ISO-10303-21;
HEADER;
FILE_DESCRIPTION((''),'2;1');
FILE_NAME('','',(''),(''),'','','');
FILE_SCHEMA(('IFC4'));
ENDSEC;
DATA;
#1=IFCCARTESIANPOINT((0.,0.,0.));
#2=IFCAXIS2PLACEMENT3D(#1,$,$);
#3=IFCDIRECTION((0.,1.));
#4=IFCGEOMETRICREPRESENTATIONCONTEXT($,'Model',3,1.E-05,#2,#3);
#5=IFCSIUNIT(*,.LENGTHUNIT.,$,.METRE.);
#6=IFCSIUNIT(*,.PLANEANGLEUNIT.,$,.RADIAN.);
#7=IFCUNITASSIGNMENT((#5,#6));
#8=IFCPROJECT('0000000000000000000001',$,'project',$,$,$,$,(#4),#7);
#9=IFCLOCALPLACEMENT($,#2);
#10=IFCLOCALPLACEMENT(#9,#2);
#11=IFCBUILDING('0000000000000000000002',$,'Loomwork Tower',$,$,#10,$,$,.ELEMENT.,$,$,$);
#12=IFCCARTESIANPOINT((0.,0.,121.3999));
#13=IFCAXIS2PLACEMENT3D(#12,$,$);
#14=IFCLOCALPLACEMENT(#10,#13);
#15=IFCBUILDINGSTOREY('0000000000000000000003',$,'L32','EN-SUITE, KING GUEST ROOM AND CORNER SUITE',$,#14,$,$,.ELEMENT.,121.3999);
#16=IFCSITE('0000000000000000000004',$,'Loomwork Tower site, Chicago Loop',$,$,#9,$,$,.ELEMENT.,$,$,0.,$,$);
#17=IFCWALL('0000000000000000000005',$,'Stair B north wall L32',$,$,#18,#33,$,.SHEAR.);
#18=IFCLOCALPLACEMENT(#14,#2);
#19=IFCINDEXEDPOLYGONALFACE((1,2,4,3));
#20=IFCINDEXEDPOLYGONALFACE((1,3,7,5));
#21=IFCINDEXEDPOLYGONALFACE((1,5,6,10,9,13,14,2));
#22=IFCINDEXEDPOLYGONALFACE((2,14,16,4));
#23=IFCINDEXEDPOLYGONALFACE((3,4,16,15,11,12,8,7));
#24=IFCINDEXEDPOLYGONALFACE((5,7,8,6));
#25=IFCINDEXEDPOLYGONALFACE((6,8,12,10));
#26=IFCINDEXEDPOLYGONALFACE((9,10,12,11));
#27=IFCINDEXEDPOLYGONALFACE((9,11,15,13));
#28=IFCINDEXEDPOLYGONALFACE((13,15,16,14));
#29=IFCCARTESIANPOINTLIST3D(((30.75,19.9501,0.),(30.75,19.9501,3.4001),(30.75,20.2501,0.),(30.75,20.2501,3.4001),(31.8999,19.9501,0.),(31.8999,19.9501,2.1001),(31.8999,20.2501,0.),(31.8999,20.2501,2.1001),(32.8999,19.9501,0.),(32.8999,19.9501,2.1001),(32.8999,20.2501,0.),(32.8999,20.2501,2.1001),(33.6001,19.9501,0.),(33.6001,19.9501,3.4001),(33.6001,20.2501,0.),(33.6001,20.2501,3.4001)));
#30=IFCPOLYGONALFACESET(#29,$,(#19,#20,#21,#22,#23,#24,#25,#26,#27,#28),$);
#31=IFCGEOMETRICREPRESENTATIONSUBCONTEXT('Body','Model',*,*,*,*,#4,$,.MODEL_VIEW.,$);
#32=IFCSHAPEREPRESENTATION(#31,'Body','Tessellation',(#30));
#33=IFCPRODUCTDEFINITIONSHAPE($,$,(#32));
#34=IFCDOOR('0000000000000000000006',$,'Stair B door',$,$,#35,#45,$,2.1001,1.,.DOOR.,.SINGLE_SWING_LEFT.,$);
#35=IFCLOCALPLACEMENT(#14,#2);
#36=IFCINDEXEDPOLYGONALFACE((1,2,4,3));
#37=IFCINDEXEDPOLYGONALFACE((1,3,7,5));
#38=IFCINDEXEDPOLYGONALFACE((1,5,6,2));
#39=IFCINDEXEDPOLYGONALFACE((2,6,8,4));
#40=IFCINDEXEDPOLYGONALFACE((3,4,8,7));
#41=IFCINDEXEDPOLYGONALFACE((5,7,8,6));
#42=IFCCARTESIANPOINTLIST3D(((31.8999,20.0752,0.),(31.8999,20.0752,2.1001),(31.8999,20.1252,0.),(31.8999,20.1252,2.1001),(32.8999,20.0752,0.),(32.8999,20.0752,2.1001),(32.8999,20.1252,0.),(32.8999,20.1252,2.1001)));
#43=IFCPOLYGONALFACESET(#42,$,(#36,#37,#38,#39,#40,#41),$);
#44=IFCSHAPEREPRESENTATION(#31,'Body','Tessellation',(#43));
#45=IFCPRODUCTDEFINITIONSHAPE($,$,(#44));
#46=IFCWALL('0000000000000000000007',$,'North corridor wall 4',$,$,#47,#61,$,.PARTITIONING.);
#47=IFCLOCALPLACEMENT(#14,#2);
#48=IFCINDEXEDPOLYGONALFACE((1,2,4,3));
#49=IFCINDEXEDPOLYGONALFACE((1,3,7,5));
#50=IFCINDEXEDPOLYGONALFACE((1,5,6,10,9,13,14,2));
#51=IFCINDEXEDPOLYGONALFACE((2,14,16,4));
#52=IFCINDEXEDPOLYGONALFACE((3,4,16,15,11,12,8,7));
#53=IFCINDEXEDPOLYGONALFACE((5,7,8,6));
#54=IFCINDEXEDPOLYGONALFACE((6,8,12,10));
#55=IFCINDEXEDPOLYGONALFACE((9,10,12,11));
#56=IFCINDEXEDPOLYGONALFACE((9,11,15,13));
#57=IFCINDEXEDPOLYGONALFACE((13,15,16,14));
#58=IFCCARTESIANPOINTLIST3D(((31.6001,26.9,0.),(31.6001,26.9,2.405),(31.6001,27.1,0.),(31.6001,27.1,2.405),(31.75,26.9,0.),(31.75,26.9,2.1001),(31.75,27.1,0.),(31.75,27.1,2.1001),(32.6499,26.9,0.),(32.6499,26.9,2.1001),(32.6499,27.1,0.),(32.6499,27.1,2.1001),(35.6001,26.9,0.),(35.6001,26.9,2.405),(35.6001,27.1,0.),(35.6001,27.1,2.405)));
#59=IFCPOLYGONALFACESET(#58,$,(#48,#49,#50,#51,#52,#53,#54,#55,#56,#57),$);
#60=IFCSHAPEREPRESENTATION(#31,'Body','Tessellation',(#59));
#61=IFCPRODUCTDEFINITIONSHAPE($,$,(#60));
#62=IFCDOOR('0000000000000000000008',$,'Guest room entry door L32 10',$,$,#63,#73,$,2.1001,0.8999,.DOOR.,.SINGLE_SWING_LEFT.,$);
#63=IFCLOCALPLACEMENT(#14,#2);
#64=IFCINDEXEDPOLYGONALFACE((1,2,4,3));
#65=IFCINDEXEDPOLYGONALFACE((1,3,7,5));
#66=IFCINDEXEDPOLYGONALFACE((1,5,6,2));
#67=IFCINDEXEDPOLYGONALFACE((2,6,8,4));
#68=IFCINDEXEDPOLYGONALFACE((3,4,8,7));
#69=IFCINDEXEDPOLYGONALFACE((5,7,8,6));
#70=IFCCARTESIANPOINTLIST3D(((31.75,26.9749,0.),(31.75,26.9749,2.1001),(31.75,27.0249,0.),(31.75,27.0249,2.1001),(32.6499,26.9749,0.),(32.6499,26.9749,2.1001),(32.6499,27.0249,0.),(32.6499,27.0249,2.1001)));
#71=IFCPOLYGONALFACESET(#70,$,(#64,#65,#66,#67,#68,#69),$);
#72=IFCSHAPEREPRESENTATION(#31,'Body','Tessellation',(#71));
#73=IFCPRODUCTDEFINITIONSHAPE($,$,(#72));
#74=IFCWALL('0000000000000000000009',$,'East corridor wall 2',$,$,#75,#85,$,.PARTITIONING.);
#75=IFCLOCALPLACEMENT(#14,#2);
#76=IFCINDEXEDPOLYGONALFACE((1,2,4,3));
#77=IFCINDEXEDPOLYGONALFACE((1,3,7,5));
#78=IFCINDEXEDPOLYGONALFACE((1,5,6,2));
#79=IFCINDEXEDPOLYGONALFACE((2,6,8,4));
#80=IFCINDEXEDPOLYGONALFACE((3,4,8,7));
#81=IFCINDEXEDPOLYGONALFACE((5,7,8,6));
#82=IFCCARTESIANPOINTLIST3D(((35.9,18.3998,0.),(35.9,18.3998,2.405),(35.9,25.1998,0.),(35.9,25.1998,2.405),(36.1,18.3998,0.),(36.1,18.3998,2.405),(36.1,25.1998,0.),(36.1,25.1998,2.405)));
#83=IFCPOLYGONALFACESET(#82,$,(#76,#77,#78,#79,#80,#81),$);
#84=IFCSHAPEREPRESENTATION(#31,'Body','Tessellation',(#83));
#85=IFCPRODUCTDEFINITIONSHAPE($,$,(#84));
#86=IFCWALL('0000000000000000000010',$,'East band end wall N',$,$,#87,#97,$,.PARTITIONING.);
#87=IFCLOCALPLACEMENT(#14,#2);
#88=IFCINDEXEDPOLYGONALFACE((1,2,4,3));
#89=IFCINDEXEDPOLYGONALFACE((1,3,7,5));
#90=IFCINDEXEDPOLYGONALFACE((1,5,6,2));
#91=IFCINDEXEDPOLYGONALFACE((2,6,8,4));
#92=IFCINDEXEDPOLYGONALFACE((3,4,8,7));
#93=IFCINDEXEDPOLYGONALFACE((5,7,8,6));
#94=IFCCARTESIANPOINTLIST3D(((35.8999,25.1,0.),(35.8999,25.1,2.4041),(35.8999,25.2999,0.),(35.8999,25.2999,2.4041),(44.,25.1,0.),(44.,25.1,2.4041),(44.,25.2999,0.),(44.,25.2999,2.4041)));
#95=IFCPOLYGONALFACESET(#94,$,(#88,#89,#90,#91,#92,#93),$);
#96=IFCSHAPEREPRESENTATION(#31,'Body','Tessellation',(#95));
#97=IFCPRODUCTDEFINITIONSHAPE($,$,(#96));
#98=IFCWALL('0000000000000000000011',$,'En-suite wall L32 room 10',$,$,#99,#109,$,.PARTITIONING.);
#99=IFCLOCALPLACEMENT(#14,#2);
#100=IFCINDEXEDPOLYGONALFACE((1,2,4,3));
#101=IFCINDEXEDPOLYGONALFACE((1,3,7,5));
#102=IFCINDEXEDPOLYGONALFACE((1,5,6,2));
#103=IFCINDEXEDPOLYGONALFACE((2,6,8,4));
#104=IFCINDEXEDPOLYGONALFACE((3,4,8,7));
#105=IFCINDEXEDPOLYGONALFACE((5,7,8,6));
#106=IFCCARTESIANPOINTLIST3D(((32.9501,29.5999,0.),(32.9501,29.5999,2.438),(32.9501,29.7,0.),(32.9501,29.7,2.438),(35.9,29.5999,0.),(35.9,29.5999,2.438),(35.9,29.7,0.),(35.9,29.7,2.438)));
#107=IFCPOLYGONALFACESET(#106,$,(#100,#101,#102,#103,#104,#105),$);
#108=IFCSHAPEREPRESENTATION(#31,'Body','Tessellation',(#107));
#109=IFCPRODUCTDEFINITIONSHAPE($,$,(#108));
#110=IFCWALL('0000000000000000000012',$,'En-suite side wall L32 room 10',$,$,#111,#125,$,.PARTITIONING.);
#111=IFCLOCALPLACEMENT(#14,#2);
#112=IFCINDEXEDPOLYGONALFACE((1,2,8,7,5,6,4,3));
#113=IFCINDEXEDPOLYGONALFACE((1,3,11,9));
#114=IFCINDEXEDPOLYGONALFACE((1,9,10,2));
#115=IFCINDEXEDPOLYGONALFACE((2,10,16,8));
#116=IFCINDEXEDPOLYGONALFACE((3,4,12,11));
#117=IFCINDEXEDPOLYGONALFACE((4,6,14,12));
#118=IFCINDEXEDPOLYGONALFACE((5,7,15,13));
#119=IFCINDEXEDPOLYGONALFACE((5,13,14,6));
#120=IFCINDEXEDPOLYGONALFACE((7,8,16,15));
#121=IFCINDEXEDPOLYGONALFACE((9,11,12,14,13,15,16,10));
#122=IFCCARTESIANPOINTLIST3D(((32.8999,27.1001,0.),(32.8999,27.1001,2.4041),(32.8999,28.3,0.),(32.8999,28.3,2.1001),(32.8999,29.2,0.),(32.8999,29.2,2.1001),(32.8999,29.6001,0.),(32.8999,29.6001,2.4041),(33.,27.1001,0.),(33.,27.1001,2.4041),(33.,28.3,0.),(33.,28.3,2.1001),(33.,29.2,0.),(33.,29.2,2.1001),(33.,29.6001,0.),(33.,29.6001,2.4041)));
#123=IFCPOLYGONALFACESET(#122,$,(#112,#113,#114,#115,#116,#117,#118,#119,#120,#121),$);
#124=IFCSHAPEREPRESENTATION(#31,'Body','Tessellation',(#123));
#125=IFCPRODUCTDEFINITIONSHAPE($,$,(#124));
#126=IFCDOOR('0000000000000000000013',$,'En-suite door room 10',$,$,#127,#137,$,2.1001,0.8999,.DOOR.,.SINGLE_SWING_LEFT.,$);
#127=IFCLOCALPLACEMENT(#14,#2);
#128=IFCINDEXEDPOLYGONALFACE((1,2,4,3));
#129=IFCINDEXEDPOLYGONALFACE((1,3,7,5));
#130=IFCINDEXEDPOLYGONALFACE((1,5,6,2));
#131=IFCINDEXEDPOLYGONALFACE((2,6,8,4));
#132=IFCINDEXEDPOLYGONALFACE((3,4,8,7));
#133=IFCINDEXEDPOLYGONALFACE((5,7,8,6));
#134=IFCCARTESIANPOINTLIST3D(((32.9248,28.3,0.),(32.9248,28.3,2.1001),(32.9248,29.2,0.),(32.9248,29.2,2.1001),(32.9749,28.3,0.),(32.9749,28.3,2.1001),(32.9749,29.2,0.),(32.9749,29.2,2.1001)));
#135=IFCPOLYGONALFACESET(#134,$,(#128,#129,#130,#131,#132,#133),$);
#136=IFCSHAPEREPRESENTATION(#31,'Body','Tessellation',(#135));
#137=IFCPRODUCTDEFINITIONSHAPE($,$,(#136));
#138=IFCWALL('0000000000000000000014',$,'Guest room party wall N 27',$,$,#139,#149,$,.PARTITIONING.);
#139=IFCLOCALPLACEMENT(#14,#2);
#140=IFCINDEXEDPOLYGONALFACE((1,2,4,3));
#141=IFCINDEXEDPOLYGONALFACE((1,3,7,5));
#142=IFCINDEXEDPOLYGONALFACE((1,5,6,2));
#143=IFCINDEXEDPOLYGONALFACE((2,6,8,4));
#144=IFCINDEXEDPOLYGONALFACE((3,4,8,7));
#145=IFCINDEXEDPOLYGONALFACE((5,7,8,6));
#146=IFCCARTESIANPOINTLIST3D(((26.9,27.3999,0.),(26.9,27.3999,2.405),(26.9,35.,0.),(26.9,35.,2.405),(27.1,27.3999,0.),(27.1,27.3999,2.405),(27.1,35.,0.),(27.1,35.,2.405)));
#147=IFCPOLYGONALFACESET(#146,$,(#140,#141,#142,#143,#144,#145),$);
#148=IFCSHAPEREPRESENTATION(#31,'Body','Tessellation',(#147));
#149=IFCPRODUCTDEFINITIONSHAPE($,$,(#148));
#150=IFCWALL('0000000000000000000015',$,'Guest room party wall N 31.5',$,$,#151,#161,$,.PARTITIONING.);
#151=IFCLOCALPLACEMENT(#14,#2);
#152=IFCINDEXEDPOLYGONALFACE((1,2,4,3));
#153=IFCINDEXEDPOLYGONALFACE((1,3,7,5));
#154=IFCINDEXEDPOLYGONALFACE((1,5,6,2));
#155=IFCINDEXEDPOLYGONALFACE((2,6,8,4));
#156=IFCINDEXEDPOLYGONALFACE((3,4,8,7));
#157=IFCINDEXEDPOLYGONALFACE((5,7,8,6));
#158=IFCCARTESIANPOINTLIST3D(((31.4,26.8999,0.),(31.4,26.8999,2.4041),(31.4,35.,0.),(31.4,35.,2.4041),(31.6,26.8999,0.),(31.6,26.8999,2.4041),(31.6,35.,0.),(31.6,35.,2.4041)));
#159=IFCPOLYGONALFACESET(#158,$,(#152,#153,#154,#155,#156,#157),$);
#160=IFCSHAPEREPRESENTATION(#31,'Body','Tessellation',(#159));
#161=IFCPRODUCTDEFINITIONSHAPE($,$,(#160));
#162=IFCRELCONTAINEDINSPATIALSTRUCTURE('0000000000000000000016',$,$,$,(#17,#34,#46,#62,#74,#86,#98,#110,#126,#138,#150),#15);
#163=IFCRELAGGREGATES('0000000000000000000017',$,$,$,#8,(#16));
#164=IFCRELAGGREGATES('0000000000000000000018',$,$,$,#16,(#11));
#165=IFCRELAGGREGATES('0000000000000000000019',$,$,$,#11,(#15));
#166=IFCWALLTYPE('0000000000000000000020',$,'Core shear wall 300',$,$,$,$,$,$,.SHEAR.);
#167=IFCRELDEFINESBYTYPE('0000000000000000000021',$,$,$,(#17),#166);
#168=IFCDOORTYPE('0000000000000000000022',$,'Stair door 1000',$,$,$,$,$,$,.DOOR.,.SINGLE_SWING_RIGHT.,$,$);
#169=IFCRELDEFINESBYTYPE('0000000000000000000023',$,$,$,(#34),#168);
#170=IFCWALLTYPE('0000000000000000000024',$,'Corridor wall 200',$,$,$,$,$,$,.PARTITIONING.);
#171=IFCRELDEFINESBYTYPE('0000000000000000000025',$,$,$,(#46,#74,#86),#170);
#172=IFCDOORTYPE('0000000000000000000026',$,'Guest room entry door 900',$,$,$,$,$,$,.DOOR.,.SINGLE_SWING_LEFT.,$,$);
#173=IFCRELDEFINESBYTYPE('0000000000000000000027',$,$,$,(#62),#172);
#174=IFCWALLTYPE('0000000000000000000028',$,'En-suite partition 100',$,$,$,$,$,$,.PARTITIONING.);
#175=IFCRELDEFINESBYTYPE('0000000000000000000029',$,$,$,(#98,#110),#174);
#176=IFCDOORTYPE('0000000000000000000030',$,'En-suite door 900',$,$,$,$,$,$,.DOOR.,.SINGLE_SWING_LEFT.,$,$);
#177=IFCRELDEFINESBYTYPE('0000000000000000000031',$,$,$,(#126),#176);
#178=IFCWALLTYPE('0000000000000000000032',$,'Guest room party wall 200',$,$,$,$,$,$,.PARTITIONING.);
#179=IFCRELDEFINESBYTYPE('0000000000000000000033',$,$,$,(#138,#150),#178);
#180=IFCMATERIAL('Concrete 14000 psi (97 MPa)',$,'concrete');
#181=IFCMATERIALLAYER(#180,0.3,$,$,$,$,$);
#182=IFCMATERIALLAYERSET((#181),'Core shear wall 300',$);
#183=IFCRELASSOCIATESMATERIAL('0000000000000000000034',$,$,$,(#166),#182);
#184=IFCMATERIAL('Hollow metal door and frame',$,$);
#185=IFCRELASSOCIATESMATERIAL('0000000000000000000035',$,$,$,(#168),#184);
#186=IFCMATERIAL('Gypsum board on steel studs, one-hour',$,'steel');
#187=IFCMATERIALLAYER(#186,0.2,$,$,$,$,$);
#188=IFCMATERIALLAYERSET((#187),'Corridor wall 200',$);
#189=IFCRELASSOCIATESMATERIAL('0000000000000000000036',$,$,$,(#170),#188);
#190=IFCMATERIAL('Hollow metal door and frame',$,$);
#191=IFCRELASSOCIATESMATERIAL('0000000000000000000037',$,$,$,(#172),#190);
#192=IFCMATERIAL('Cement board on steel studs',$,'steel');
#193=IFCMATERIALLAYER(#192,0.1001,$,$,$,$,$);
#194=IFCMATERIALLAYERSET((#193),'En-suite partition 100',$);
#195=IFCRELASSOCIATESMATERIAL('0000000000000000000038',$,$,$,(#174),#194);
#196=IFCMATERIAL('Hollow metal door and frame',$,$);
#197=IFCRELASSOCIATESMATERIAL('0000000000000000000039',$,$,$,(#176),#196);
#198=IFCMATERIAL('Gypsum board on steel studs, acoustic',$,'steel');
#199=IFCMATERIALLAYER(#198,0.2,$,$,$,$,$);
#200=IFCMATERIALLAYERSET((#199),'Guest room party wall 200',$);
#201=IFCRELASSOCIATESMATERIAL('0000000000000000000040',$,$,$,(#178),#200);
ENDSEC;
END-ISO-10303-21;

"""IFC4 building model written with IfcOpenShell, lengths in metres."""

from ifc_helpers import new_model, si_unit, direction, frame, frame_2d, origin, place, context, subcontext, project, spatial, rectangle, extrude, material, layer, layer_set, type_object, element, fill, save


model = new_model("IFC4")

# Units and contexts
model_context = context("Model", 3, precision=1e-05, world=origin(), true_north=direction((0.0, 1.0)))
body_context = subcontext(model_context, "Body", "Model", "MODEL_VIEW")
ifc_project = project(units=[si_unit("LENGTHUNIT", "METRE"), si_unit("PLANEANGLEUNIT", "RADIAN")], contexts=[model_context])

# Site, building, storey
site_placement = place(None, origin())
site = spatial("IfcSite", under=ifc_project, at=site_placement, Name="Loomwork Tower site, Chicago Loop", CompositionType="ELEMENT", RefElevation=0.0)
building_placement = place(site_placement, origin())
building = spatial("IfcBuilding", under=site, at=building_placement, Name="Loomwork Tower", CompositionType="ELEMENT")
storey_placement = place(building_placement, frame((0.0, 0.0, 121.3999)))
storey = spatial("IfcBuildingStorey", under=building, at=storey_placement, Name="L32", Description="EN-SUITE, KING GUEST ROOM AND CORNER SUITE", CompositionType="ELEMENT", Elevation=121.3999)

# Shared definitions
ifc_material_1 = material(Name="Concrete 14000 psi (97 MPa)", Category="concrete")
ifc_layer_1 = layer(ifc_material_1, 0.3)
ifc_layer_set_1 = layer_set([ifc_layer_1], Name="Core shear wall 300")
wall_type_1 = type_object("IfcWallType", Name="Core shear wall 300", PredefinedType="SHEAR", material=ifc_layer_set_1)

# Walls, openings, doors
wall_1_placement = place(storey_placement, frame((30.75, 20.1001, 0.0), z_axis=(0.0, 0.0, 1.0), x_axis=(1.0, 0.0, 0.0)))
wall_1 = element("IfcWall", 1, at=wall_1_placement, inside=storey, type_object=wall_type_1, Name="Stair B north wall L32", PredefinedType="SHEAR", context=body_context, shape_type="SweptSolid", body=[
    extrude(rectangle(XDim=2.8501, YDim=0.3, at=frame_2d((1.425, 0.0))), origin(), (0.0, 0.0, 1.0), 3.4001),
])
opening_1_placement = place(wall_1_placement, frame((1.1499, 0.0, 0.0)))
opening_1 = element("IfcOpeningElement", 2, at=opening_1_placement, cuts=wall_1, PredefinedType="OPENING", context=body_context, shape_type="SweptSolid", body=[
    extrude(rectangle(XDim=1.0, YDim=2.1001, at=frame_2d((0.5, 1.05))), frame((0.0, 0.1599, 0.0), z_axis=(0.0, -1.0, 0.0), x_axis=(1.0, 0.0, 0.0)), (0.0, 0.0, 1.0), 0.3201),
])
ifc_material_2 = material(Name="Hollow metal door and frame")
door_type_1 = type_object("IfcDoorType", Name="Stair door 1000", OperationType="SINGLE_SWING_RIGHT", PredefinedType="DOOR", material=ifc_material_2)
door_1_placement = place(opening_1_placement, frame((1.0, 0.0, 0.0), z_axis=(0.0, 0.0, 1.0), x_axis=(-1.0, 0.0, 0.0)))
door_1 = element("IfcDoor", 3, at=door_1_placement, inside=storey, type_object=door_type_1, Name="Stair B door", OperationType="SINGLE_SWING_LEFT", OverallHeight=2.1001, OverallWidth=1.0, PredefinedType="DOOR", context=body_context, shape_type="SweptSolid", body=[
    extrude(rectangle(XDim=1.0, YDim=2.1001, at=frame_2d((0.5, 1.05))), frame((0.0, 0.0249, 0.0), z_axis=(0.0, -1.0, 0.0), x_axis=(1.0, 0.0, 0.0)), (0.0, 0.0, 1.0), 0.05),
])
fill(opening_1, door_1)
ifc_material_3 = material(Name="Gypsum board on steel studs, one-hour", Category="steel")
ifc_layer_2 = layer(ifc_material_3, 0.2)
ifc_layer_set_2 = layer_set([ifc_layer_2], Name="Corridor wall 200")
wall_type_2 = type_object("IfcWallType", Name="Corridor wall 200", PredefinedType="PARTITIONING", material=ifc_layer_set_2)
wall_2_placement = place(storey_placement, frame((31.6001, 27.0, 0.0), z_axis=(0.0, 0.0, 1.0), x_axis=(1.0, 0.0, 0.0)))
wall_2 = element("IfcWall", 4, at=wall_2_placement, inside=storey, type_object=wall_type_2, Name="North corridor wall 4", PredefinedType="PARTITIONING", context=body_context, shape_type="SweptSolid", body=[
    extrude(rectangle(XDim=4.0, YDim=0.2, at=frame_2d((2.0, 0.0))), origin(), (0.0, 0.0, 1.0), 2.405),
])
opening_2_placement = place(wall_2_placement, frame((0.1499, 0.0, 0.0)))
opening_2 = element("IfcOpeningElement", 5, at=opening_2_placement, cuts=wall_2, PredefinedType="OPENING", context=body_context, shape_type="SweptSolid", body=[
    extrude(rectangle(XDim=0.8999, YDim=2.1001, at=frame_2d((0.45, 1.05))), frame((0.0, 0.1099, 0.0), z_axis=(0.0, -1.0, 0.0), x_axis=(1.0, 0.0, 0.0)), (0.0, 0.0, 1.0), 0.22),
])
ifc_material_4 = material(Name="Hollow metal door and frame")
door_type_2 = type_object("IfcDoorType", Name="Guest room entry door 900", OperationType="SINGLE_SWING_LEFT", PredefinedType="DOOR", material=ifc_material_4)
door_2_placement = place(opening_2_placement, origin())
door_2 = element("IfcDoor", 6, at=door_2_placement, inside=storey, type_object=door_type_2, Name="Guest room entry door L32 10", OperationType="SINGLE_SWING_LEFT", OverallHeight=2.1001, OverallWidth=0.8999, PredefinedType="DOOR", context=body_context, shape_type="SweptSolid", body=[
    extrude(rectangle(XDim=0.8999, YDim=2.1001, at=frame_2d((0.45, 1.05))), frame((0.0, 0.0249, 0.0), z_axis=(0.0, -1.0, 0.0), x_axis=(1.0, 0.0, 0.0)), (0.0, 0.0, 1.0), 0.05),
])
fill(opening_2, door_2)

# Walls
wall_3_placement = place(storey_placement, frame((36.0, 18.3999, 0.0), z_axis=(0.0, 0.0, 1.0), x_axis=(0.0, 1.0, 0.0)))
element("IfcWall", 7, at=wall_3_placement, inside=storey, type_object=wall_type_2, Name="East corridor wall 2", PredefinedType="PARTITIONING", context=body_context, shape_type="SweptSolid", body=[
    extrude(rectangle(XDim=6.8, YDim=0.2, at=frame_2d((3.3999, 0.0))), origin(), (0.0, 0.0, 1.0), 2.405),
])
wall_4_placement = place(storey_placement, frame((35.8999, 25.2, 0.0), z_axis=(0.0, 0.0, 1.0), x_axis=(1.0, 0.0, 0.0)))
element("IfcWall", 8, at=wall_4_placement, inside=storey, type_object=wall_type_2, Name="East band end wall N", PredefinedType="PARTITIONING", context=body_context, shape_type="SweptSolid", body=[
    extrude(rectangle(XDim=8.1001, YDim=0.2, at=frame_2d((4.05, 0.0))), origin(), (0.0, 0.0, 1.0), 2.4041),
])
ifc_material_5 = material(Name="Cement board on steel studs", Category="steel")
ifc_layer_3 = layer(ifc_material_5, 0.1001)
ifc_layer_set_3 = layer_set([ifc_layer_3], Name="En-suite partition 100")
wall_type_3 = type_object("IfcWallType", Name="En-suite partition 100", PredefinedType="PARTITIONING", material=ifc_layer_set_3)
wall_5_placement = place(storey_placement, frame((32.95, 29.6499, 0.0), z_axis=(0.0, 0.0, 1.0), x_axis=(1.0, 0.0, 0.0)))
element("IfcWall", 9, at=wall_5_placement, inside=storey, type_object=wall_type_3, Name="En-suite wall L32 room 10", PredefinedType="PARTITIONING", context=body_context, shape_type="SweptSolid", body=[
    extrude(rectangle(XDim=2.95, YDim=0.1001, at=frame_2d((1.4751, 0.0))), origin(), (0.0, 0.0, 1.0), 2.438),
])

# Wall, opening, door
wall_6_placement = place(storey_placement, frame((32.95, 27.1001, 0.0), z_axis=(0.0, 0.0, 1.0), x_axis=(0.0, 1.0, 0.0)))
wall_6 = element("IfcWall", 10, at=wall_6_placement, inside=storey, type_object=wall_type_3, Name="En-suite side wall L32 room 10", PredefinedType="PARTITIONING", context=body_context, shape_type="SweptSolid", body=[
    extrude(rectangle(XDim=2.5, YDim=0.1001, at=frame_2d((1.25, 0.0))), origin(), (0.0, 0.0, 1.0), 2.4041),
])
opening_3_placement = place(wall_6_placement, frame((1.2, 0.0, 0.0)))
opening_3 = element("IfcOpeningElement", 11, at=opening_3_placement, cuts=wall_6, PredefinedType="OPENING", context=body_context, shape_type="SweptSolid", body=[
    extrude(rectangle(XDim=0.8999, YDim=2.1001, at=frame_2d((0.45, 1.05))), frame((0.0, 0.0601, 0.0), z_axis=(0.0, -1.0, 0.0), x_axis=(1.0, 0.0, 0.0)), (0.0, 0.0, 1.0), 0.1201),
])
ifc_material_6 = material(Name="Hollow metal door and frame")
door_type_3 = type_object("IfcDoorType", Name="En-suite door 900", OperationType="SINGLE_SWING_LEFT", PredefinedType="DOOR", material=ifc_material_6)
door_3_placement = place(opening_3_placement, frame((0.8999, 0.0, 0.0), z_axis=(0.0, 0.0, 1.0), x_axis=(-1.0, 0.0, 0.0)))
door_3 = element("IfcDoor", 12, at=door_3_placement, inside=storey, type_object=door_type_3, Name="En-suite door room 10", OperationType="SINGLE_SWING_LEFT", OverallHeight=2.1001, OverallWidth=0.8999, PredefinedType="DOOR", context=body_context, shape_type="SweptSolid", body=[
    extrude(rectangle(XDim=0.8999, YDim=2.1001, at=frame_2d((0.45, 1.05))), frame((0.0, 0.0249, 0.0), z_axis=(0.0, -1.0, 0.0), x_axis=(1.0, 0.0, 0.0)), (0.0, 0.0, 1.0), 0.05),
])
fill(opening_3, door_3)

# Walls
ifc_material_7 = material(Name="Gypsum board on steel studs, acoustic", Category="steel")
ifc_layer_4 = layer(ifc_material_7, 0.2)
ifc_layer_set_4 = layer_set([ifc_layer_4], Name="Guest room party wall 200")
wall_type_4 = type_object("IfcWallType", Name="Guest room party wall 200", PredefinedType="PARTITIONING", material=ifc_layer_set_4)
wall_7_placement = place(storey_placement, frame((27.0, 27.3999, 0.0), z_axis=(0.0, 0.0, 1.0), x_axis=(0.0, 1.0, 0.0)))
element("IfcWall", 13, at=wall_7_placement, inside=storey, type_object=wall_type_4, Name="Guest room party wall N 27", PredefinedType="PARTITIONING", context=body_context, shape_type="SweptSolid", body=[
    extrude(rectangle(XDim=7.6001, YDim=0.2, at=frame_2d((3.8, 0.0))), origin(), (0.0, 0.0, 1.0), 2.405),
])
wall_8_placement = place(storey_placement, frame((31.5, 26.8999, 0.0), z_axis=(0.0, 0.0, 1.0), x_axis=(0.0, 1.0, 0.0)))
element("IfcWall", 14, at=wall_8_placement, inside=storey, type_object=wall_type_4, Name="Guest room party wall N 31.5", PredefinedType="PARTITIONING", context=body_context, shape_type="SweptSolid", body=[
    extrude(rectangle(XDim=8.1001, YDim=0.2, at=frame_2d((4.05, 0.0))), origin(), (0.0, 0.0, 1.0), 2.4041),
])

save(model, "model.ifc")
